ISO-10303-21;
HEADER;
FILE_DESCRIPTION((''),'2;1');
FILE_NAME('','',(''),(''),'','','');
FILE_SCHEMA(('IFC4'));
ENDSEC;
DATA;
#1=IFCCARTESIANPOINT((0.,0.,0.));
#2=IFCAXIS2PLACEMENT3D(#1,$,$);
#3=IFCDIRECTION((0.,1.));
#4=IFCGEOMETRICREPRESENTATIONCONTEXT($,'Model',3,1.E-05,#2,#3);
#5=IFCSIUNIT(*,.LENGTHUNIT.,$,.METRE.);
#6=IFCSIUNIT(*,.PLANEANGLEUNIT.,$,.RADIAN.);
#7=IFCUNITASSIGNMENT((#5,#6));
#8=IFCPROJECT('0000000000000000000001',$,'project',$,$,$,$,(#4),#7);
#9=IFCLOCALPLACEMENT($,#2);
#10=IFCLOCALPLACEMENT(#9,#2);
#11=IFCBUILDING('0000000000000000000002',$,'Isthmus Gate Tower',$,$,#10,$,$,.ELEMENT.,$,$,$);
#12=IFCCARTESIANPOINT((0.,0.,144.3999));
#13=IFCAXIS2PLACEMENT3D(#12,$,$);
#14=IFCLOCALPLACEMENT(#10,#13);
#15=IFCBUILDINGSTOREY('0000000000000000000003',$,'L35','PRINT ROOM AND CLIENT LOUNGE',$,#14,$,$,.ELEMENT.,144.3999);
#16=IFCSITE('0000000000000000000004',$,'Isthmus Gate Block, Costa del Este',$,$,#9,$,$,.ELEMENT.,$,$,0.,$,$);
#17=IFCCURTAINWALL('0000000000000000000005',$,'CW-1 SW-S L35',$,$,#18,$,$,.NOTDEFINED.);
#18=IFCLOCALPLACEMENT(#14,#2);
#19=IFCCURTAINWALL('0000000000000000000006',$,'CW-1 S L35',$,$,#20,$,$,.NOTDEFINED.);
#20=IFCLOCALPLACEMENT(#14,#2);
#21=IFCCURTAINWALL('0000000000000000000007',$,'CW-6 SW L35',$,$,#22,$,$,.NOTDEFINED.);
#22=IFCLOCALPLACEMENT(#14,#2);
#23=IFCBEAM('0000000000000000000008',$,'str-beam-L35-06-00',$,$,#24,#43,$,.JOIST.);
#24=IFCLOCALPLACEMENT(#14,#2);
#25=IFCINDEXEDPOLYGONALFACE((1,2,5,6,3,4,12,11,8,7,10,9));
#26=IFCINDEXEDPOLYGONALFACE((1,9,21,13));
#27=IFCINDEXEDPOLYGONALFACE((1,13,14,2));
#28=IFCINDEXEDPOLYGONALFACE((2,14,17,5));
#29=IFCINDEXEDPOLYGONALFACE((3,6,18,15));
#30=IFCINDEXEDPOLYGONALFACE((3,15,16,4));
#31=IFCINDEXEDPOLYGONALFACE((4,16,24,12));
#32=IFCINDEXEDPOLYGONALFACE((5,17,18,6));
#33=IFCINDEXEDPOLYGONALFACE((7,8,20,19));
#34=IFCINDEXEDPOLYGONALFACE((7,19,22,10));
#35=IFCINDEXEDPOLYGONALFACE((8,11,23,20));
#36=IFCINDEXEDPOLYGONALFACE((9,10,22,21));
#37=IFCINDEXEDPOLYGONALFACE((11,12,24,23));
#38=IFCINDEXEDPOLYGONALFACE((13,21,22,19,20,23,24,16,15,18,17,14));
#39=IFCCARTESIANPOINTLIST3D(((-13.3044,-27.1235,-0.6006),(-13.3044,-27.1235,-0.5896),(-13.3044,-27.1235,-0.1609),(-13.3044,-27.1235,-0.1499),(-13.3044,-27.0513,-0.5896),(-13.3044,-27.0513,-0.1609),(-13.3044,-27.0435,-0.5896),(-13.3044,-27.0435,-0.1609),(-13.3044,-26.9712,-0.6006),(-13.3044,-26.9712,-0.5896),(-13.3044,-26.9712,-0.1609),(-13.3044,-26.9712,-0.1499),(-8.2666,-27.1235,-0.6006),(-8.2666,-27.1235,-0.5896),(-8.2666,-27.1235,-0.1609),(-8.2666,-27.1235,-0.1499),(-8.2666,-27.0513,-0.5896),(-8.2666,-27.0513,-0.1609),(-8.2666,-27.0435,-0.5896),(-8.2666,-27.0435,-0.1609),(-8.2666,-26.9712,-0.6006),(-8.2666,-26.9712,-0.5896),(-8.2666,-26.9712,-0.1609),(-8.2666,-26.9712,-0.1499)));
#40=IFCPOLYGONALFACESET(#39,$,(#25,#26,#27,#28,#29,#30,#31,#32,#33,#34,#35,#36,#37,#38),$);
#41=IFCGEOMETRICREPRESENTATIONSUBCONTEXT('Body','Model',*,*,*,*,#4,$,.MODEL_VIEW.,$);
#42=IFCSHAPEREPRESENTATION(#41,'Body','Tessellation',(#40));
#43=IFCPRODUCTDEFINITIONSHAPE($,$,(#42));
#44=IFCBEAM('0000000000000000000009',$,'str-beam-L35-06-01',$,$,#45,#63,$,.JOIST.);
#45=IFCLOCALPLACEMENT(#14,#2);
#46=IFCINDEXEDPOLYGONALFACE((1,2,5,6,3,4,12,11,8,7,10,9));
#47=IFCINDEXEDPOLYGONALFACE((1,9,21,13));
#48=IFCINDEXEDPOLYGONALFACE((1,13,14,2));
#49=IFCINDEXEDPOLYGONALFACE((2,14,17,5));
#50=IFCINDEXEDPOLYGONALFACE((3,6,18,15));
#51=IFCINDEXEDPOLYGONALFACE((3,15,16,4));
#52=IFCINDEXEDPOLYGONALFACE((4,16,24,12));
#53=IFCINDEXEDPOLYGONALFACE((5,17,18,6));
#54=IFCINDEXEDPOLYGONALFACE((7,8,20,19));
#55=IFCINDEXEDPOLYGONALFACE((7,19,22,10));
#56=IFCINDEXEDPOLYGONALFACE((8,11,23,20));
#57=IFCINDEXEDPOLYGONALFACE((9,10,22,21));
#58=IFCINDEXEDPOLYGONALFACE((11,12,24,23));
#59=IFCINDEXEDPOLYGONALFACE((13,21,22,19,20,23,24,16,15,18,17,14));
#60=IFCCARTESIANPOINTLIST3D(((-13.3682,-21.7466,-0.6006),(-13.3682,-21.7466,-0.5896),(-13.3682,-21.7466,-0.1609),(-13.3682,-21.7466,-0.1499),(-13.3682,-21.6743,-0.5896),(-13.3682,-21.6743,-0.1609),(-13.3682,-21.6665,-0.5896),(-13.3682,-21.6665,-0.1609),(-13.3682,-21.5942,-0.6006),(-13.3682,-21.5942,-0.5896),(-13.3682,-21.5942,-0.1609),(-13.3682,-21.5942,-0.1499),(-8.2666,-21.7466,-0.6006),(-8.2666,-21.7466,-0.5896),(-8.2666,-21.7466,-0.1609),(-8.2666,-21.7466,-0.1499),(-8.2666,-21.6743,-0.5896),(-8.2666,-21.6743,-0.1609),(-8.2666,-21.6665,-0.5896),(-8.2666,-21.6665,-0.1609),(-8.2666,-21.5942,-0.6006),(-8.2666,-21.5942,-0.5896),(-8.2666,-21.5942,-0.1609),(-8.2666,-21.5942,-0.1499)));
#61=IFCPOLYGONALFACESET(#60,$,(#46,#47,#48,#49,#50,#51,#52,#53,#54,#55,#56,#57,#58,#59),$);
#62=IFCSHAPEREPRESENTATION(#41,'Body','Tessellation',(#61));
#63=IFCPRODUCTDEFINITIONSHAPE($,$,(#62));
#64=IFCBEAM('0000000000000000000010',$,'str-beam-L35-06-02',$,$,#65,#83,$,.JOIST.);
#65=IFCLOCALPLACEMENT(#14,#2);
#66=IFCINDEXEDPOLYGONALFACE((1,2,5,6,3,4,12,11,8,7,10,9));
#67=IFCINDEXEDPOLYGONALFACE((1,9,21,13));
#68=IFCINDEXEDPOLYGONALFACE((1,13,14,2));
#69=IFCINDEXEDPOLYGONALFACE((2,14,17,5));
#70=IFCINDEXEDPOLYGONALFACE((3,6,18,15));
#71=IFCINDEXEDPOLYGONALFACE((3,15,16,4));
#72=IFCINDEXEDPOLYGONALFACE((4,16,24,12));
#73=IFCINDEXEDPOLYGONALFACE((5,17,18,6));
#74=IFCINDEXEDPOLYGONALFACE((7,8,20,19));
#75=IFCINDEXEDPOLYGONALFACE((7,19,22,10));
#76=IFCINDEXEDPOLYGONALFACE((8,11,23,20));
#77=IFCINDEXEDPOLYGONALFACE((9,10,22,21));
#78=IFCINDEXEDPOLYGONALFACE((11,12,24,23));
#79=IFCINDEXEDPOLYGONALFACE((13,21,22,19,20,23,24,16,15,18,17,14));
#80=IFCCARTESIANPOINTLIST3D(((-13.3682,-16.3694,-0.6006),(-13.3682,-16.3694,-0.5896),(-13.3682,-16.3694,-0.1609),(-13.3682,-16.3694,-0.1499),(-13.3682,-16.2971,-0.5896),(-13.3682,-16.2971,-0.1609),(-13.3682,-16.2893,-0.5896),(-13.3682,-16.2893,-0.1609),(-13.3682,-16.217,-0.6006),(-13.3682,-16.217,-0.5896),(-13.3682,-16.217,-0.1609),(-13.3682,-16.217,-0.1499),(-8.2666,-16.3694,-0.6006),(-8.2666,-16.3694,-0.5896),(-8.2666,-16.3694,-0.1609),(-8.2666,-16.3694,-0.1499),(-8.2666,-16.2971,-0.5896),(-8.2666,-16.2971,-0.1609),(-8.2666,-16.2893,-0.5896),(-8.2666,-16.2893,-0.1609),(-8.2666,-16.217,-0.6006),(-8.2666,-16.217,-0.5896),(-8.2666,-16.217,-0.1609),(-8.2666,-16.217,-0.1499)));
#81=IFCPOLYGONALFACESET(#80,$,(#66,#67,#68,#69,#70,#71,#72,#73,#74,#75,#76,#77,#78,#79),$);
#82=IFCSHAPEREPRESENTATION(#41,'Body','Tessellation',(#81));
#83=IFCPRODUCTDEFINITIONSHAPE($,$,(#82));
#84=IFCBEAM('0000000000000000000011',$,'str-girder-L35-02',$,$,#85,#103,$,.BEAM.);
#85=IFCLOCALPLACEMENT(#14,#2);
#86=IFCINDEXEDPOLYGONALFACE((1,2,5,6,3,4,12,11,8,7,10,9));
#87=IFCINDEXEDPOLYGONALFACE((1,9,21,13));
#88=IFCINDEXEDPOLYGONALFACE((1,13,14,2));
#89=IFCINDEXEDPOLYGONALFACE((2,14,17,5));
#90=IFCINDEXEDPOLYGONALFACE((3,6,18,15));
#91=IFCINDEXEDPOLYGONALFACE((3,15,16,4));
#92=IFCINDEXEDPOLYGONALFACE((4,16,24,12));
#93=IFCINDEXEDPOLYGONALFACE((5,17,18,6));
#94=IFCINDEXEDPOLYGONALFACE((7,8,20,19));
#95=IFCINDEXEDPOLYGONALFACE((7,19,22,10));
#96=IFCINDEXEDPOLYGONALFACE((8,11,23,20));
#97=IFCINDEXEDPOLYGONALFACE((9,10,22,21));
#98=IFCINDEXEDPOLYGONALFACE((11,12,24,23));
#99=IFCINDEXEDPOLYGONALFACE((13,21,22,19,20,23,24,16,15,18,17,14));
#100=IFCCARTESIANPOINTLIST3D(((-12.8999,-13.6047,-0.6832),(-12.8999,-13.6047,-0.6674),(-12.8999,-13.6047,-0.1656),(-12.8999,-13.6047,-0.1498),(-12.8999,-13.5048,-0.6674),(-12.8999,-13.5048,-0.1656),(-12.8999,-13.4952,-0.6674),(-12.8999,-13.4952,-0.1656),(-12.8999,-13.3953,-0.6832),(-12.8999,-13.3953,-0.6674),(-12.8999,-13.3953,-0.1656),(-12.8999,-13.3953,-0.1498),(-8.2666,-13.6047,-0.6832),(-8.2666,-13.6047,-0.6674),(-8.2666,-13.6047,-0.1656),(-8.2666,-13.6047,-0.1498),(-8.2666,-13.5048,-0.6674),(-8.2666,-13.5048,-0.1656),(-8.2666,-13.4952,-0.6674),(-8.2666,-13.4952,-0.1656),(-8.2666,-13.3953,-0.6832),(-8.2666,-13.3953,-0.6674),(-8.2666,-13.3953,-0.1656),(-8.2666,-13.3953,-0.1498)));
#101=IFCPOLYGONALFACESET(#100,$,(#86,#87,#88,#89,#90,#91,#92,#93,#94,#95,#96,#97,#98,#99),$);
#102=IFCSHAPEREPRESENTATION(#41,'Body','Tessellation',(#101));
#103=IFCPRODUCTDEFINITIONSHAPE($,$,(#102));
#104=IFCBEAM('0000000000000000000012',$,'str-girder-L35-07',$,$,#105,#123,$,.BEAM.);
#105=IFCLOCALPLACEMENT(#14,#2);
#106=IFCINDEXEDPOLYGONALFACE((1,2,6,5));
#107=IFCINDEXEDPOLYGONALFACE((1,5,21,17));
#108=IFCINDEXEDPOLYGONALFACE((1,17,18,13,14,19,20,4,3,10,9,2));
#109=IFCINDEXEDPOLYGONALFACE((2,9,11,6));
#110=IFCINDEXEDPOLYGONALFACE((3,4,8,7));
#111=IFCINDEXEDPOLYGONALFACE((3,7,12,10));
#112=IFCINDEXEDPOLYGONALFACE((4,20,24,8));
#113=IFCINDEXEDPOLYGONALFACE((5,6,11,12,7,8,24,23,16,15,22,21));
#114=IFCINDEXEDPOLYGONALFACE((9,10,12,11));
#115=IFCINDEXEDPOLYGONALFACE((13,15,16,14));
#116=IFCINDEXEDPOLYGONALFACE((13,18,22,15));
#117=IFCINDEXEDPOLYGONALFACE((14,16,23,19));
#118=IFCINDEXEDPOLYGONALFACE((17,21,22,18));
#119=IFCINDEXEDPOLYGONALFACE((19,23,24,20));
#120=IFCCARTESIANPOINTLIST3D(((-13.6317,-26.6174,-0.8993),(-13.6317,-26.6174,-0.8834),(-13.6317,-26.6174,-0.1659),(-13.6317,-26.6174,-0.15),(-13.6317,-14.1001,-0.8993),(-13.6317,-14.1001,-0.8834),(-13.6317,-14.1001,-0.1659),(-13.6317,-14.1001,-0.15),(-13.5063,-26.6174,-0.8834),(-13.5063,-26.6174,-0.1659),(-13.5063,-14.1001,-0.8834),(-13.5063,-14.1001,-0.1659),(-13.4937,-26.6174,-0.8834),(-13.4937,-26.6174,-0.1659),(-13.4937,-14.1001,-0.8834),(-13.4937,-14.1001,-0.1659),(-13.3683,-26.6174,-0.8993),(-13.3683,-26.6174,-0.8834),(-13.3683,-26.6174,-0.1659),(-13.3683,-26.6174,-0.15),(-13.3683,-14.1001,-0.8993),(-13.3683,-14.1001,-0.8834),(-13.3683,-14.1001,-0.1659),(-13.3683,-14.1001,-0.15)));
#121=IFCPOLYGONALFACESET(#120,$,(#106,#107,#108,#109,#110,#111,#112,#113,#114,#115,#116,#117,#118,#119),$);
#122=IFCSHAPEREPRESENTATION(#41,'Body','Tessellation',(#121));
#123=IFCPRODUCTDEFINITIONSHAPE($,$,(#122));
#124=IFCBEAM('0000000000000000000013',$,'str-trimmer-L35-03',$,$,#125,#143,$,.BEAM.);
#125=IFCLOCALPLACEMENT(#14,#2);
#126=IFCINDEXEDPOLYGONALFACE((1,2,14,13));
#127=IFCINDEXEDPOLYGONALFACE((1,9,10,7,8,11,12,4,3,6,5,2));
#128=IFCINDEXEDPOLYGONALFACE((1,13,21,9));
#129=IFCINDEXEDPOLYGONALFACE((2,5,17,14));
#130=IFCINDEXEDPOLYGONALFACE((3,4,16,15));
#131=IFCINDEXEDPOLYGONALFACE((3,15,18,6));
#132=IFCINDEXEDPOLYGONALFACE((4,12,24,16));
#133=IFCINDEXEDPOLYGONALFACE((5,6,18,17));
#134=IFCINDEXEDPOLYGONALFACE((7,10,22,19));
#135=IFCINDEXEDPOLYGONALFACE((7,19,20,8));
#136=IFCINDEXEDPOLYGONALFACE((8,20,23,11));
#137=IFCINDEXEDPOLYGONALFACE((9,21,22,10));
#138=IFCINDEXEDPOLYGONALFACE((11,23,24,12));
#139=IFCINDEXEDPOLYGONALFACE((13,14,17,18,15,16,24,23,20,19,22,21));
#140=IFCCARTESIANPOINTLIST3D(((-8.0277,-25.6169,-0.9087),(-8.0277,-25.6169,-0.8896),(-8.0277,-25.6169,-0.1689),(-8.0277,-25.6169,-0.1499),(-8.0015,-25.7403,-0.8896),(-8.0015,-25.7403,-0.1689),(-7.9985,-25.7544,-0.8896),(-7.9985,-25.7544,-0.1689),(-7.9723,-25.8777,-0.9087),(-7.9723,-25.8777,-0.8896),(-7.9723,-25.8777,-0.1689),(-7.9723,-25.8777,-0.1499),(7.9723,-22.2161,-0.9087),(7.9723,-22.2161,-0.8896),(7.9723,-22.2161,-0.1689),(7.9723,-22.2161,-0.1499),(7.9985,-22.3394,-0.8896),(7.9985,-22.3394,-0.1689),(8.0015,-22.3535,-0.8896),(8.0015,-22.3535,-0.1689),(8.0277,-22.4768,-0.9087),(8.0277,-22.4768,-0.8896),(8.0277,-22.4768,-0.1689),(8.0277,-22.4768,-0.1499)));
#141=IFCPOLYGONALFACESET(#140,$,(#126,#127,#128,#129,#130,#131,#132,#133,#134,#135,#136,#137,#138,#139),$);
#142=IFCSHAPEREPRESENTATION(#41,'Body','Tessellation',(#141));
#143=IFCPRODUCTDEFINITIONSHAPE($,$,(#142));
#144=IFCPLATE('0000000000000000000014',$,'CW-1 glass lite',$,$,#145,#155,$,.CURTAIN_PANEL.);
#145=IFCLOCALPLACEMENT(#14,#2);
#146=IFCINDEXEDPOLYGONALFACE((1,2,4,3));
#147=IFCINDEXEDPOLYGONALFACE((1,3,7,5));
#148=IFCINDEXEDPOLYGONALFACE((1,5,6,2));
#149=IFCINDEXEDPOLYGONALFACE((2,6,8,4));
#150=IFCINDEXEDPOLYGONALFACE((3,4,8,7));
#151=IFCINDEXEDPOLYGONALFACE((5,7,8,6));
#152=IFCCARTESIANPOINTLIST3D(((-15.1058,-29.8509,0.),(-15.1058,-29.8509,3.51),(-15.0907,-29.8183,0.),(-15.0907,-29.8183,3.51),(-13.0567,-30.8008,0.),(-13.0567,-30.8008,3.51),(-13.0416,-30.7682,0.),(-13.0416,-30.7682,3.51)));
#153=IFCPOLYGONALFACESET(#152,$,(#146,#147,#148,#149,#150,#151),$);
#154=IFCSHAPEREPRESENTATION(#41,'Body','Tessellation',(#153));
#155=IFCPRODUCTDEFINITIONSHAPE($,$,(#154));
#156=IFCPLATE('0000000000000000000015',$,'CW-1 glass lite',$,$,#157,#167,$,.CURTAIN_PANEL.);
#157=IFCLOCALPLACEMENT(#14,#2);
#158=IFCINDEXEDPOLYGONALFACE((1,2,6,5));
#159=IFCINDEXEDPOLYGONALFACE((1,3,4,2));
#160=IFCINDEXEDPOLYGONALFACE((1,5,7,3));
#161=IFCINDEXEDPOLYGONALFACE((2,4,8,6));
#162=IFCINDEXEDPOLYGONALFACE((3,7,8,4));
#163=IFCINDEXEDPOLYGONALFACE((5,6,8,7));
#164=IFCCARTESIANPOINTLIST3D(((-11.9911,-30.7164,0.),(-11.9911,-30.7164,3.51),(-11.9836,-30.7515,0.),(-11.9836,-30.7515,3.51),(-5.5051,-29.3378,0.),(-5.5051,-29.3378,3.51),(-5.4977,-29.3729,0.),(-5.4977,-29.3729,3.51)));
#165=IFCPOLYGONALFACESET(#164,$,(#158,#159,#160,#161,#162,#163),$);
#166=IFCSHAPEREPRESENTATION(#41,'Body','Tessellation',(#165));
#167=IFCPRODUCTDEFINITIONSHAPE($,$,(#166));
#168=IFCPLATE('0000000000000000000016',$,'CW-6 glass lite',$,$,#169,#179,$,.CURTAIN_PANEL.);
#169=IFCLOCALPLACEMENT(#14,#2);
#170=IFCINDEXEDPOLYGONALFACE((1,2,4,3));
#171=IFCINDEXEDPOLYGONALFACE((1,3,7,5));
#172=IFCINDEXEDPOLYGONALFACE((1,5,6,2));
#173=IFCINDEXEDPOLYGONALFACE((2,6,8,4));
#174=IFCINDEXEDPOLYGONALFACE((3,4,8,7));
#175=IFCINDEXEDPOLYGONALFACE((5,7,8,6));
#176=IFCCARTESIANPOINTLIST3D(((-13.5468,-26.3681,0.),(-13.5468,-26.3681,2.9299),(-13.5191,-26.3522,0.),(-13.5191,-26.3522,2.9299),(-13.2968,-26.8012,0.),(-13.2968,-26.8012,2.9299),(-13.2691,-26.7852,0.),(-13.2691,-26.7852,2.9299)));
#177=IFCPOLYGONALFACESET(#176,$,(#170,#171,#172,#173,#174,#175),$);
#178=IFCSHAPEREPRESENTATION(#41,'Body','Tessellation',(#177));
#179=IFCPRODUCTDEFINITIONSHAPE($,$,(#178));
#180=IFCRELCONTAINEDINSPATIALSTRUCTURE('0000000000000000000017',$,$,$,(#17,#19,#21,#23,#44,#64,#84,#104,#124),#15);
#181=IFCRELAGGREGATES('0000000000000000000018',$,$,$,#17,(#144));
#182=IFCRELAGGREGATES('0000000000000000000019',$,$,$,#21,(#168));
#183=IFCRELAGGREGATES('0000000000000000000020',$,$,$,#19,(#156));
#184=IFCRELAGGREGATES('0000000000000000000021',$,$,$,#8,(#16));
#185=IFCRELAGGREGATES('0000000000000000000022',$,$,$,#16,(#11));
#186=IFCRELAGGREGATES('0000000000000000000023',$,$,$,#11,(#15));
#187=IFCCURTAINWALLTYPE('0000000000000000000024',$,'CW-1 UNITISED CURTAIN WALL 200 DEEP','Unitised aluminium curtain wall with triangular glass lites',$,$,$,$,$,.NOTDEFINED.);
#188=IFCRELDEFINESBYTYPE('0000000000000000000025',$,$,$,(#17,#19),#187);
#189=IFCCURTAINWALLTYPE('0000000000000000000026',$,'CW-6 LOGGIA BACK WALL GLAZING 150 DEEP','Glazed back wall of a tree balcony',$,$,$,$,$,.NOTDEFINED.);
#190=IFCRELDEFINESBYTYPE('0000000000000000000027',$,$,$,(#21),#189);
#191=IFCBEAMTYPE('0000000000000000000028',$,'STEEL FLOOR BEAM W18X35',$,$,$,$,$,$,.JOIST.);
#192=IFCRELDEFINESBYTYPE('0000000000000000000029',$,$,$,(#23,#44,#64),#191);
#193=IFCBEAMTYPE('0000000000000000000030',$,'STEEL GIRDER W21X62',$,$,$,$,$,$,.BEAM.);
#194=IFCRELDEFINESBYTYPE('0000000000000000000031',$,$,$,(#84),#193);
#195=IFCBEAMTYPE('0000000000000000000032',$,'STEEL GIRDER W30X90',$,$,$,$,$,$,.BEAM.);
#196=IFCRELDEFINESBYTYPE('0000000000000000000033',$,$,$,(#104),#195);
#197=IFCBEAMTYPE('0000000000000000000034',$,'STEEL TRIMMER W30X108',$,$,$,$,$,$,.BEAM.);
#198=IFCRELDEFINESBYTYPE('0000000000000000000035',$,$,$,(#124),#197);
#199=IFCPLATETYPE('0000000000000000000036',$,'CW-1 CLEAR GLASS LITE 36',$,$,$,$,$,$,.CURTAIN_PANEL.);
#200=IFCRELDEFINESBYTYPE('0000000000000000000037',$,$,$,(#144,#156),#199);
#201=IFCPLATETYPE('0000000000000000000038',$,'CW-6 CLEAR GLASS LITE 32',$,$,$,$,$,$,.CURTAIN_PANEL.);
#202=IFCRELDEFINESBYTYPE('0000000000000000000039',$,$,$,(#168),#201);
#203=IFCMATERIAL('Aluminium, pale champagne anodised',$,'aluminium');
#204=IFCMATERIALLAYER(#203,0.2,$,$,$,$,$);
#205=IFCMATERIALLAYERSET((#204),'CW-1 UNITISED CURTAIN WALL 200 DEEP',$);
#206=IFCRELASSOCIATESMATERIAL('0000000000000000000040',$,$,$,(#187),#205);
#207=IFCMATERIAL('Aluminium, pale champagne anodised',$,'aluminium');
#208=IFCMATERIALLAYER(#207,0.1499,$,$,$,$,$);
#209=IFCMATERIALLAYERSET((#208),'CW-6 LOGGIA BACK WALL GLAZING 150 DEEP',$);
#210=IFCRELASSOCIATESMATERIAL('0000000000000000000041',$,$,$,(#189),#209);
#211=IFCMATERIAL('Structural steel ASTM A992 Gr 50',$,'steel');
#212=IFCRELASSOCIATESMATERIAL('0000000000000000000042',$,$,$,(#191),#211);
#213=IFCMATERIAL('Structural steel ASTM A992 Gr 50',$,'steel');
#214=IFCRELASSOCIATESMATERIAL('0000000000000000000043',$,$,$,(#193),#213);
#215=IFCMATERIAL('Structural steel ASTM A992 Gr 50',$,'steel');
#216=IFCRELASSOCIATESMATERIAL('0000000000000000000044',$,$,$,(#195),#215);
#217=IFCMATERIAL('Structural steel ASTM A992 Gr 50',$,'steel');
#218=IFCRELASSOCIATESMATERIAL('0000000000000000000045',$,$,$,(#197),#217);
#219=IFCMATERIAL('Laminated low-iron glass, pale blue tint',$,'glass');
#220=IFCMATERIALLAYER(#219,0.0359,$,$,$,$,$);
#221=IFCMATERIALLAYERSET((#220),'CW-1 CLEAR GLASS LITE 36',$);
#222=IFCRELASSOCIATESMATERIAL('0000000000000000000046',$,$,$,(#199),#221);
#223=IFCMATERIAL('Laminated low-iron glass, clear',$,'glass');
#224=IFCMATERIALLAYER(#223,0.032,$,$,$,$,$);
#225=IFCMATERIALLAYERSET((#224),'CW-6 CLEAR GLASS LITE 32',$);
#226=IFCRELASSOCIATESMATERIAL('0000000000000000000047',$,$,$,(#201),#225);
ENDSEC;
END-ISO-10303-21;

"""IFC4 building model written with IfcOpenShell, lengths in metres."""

from ifc_helpers import new_model, si_unit, direction, frame, origin, origin_2d, place, context, subcontext, project, spatial, rectangle, i_section, extrude, material, layer, layer_set, material_profile, profile_set, type_object, element, aggregate, save


model = new_model("IFC4")

# Units and contexts
model_context = context("Model", 3, precision=1e-05, world=origin(), true_north=direction((0.0, 1.0)))
body_context = subcontext(model_context, "Body", "Model", "MODEL_VIEW")
ifc_project = project(units=[si_unit("LENGTHUNIT", "METRE"), si_unit("PLANEANGLEUNIT", "RADIAN")], contexts=[model_context])

# Site, building, storey
site_placement = place(None, origin())
site = spatial("IfcSite", under=ifc_project, at=site_placement, Name="Isthmus Gate Block, Costa del Este", CompositionType="ELEMENT", RefElevation=0.0)
building_placement = place(site_placement, origin())
building = spatial("IfcBuilding", under=site, at=building_placement, Name="Isthmus Gate Tower", CompositionType="ELEMENT")
storey_placement = place(building_placement, frame((0.0, 0.0, 144.3999)))
storey = spatial("IfcBuildingStorey", under=building, at=storey_placement, Name="L35", Description="PRINT ROOM AND CLIENT LOUNGE", CompositionType="ELEMENT", Elevation=144.3999)

# Curtain walls
ifc_material_1 = material(Name="Aluminium, pale champagne anodised", Category="aluminium")
ifc_layer_1 = layer(ifc_material_1, 0.2)
ifc_layer_set_1 = layer_set([ifc_layer_1], Name="CW-1 UNITISED CURTAIN WALL 200 DEEP")
curtain_wall_type_1 = type_object("IfcCurtainWallType", Name="CW-1 UNITISED CURTAIN WALL 200 DEEP", Description="Unitised aluminium curtain wall with triangular glass lites", PredefinedType="NOTDEFINED", material=ifc_layer_set_1)
curtain_wall_1_placement = place(storey_placement, origin())
curtain_wall_1 = element("IfcCurtainWall", 1, at=curtain_wall_1_placement, inside=storey, type_object=curtain_wall_type_1, Name="CW-1 SW-S L35", PredefinedType="NOTDEFINED")
curtain_wall_2_placement = place(storey_placement, origin())
curtain_wall_2 = element("IfcCurtainWall", 2, at=curtain_wall_2_placement, inside=storey, type_object=curtain_wall_type_1, Name="CW-1 S L35", PredefinedType="NOTDEFINED")

# Curtain wall
ifc_material_2 = material(Name="Aluminium, pale champagne anodised", Category="aluminium")
ifc_layer_2 = layer(ifc_material_2, 0.1499)
ifc_layer_set_2 = layer_set([ifc_layer_2], Name="CW-6 LOGGIA BACK WALL GLAZING 150 DEEP")
curtain_wall_type_2 = type_object("IfcCurtainWallType", Name="CW-6 LOGGIA BACK WALL GLAZING 150 DEEP", Description="Glazed back wall of a tree balcony", PredefinedType="NOTDEFINED", material=ifc_layer_set_2)
curtain_wall_3_placement = place(storey_placement, origin())
curtain_wall_3 = element("IfcCurtainWall", 3, at=curtain_wall_3_placement, inside=storey, type_object=curtain_wall_type_2, Name="CW-6 SW L35", PredefinedType="NOTDEFINED")

# Beams
ifc_material_3 = material(Name="Structural steel ASTM A992 Gr 50", Category="steel")
ifc_material_profile_1 = material_profile(ifc_material_3, i_section(OverallWidth=0.1523, OverallDepth=0.4507, WebThickness=0.0078, FlangeThickness=0.011, at=origin_2d()), Name="W18X35")
ifc_profile_set_1 = profile_set([ifc_material_profile_1], Name="Structural steel ASTM A992 Gr 50")
beam_type_1 = type_object("IfcBeamType", Name="STEEL FLOOR BEAM W18X35", PredefinedType="JOIST", material=ifc_profile_set_1)
beam_1_placement = place(storey_placement, frame((-13.3044, -27.0474, -0.3752), z_axis=(1.0, 0.0, 0.0), x_axis=(0.0, 1.0, 0.0)))
element("IfcBeam", 4, at=beam_1_placement, inside=storey, type_object=beam_type_1, Name="str-beam-L35-06-00", PredefinedType="JOIST", context=body_context, shape_type="SweptSolid", body=[
    extrude(i_section(OverallWidth=0.1523, OverallDepth=0.4507, WebThickness=0.0078, FlangeThickness=0.011, at=origin_2d()), origin(), (0.0, 0.0, 1.0), 5.0378),
])
for number, where, z_axis, x_axis, name in (
    (5, (-13.3682, -21.6704, -0.3752), (1.0, 0.0, 0.0), (0.0, 1.0, 0.0), "str-beam-L35-06-01"),
    (6, (-13.3682, -16.2932, -0.3752), (1.0, 0.0, 0.0), (0.0, 1.0, 0.0), "str-beam-L35-06-02"),
):
    element("IfcBeam", number, at=place(storey_placement, frame(where, z_axis=z_axis, x_axis=x_axis)), inside=storey, type_object=beam_type_1, Name=name, PredefinedType="JOIST", context=body_context, shape_type="SweptSolid", body=[
        extrude(i_section(OverallWidth=0.1523, OverallDepth=0.4507, WebThickness=0.0078, FlangeThickness=0.011, at=origin_2d()), origin(), (0.0, 0.0, 1.0), 5.1016),
    ])
ifc_material_4 = material(Name="Structural steel ASTM A992 Gr 50", Category="steel")
ifc_material_profile_2 = material_profile(ifc_material_4, i_section(OverallWidth=0.2095, OverallDepth=0.5334, WebThickness=0.0095, FlangeThickness=0.0159, at=origin_2d()), Name="W21X62")
ifc_profile_set_2 = profile_set([ifc_material_profile_2], Name="Structural steel ASTM A992 Gr 50")
beam_type_2 = type_object("IfcBeamType", Name="STEEL GIRDER W21X62", PredefinedType="BEAM", material=ifc_profile_set_2)
beam_2_placement = place(storey_placement, frame((-12.8999, -13.5, -0.4165), z_axis=(1.0, 0.0, 0.0), x_axis=(0.0, 1.0, 0.0)))
element("IfcBeam", 7, at=beam_2_placement, inside=storey, type_object=beam_type_2, Name="str-girder-L35-02", PredefinedType="BEAM", context=body_context, shape_type="SweptSolid", body=[
    extrude(i_section(OverallWidth=0.2095, OverallDepth=0.5334, WebThickness=0.0095, FlangeThickness=0.0159, at=origin_2d()), origin(), (0.0, 0.0, 1.0), 4.6333),
])
ifc_material_5 = material(Name="Structural steel ASTM A992 Gr 50", Category="steel")
ifc_material_profile_3 = material_profile(ifc_material_5, i_section(OverallWidth=0.2634, OverallDepth=0.7493, WebThickness=0.0127, FlangeThickness=0.0159, at=origin_2d()), Name="W30X90")
ifc_profile_set_3 = profile_set([ifc_material_profile_3], Name="Structural steel ASTM A992 Gr 50")
beam_type_3 = type_object("IfcBeamType", Name="STEEL GIRDER W30X90", PredefinedType="BEAM", material=ifc_profile_set_3)
beam_3_placement = place(storey_placement, frame((-13.5, -26.6174, -0.5247), z_axis=(0.0, 1.0, 0.0), x_axis=(-1.0, 0.0, 0.0)))
element("IfcBeam", 8, at=beam_3_placement, inside=storey, type_object=beam_type_3, Name="str-girder-L35-07", PredefinedType="BEAM", context=body_context, shape_type="SweptSolid", body=[
    extrude(i_section(OverallWidth=0.2634, OverallDepth=0.7493, WebThickness=0.0127, FlangeThickness=0.0159, at=origin_2d()), origin(), (0.0, 0.0, 1.0), 12.5173),
])
ifc_material_6 = material(Name="Structural steel ASTM A992 Gr 50", Category="steel")
ifc_material_profile_4 = material_profile(ifc_material_6, i_section(OverallWidth=0.2666, OverallDepth=0.7588, WebThickness=0.0144, FlangeThickness=0.019, at=origin_2d()), Name="W30X108")
ifc_profile_set_4 = profile_set([ifc_material_profile_4], Name="Structural steel ASTM A992 Gr 50")
beam_type_4 = type_object("IfcBeamType", Name="STEEL TRIMMER W30X108", PredefinedType="BEAM", material=ifc_profile_set_4)
beam_4_placement = place(storey_placement, frame((-8.0, -25.7473, -0.5293), z_axis=(0.978148, 0.20791, 0.0), x_axis=(-0.20791, 0.978148, 0.0)))
element("IfcBeam", 9, at=beam_4_placement, inside=storey, type_object=beam_type_4, Name="str-trimmer-L35-03", PredefinedType="BEAM", context=body_context, shape_type="SweptSolid", body=[
    extrude(i_section(OverallWidth=0.2666, OverallDepth=0.7588, WebThickness=0.0144, FlangeThickness=0.019, at=origin_2d()), origin(), (0.0, 0.0, 1.0), 16.3574),
])

# Plates
ifc_material_7 = material(Name="Laminated low-iron glass, pale blue tint", Category="glass")
ifc_layer_3 = layer(ifc_material_7, 0.0359)
ifc_layer_set_3 = layer_set([ifc_layer_3], Name="CW-1 CLEAR GLASS LITE 36")
plate_type_1 = type_object("IfcPlateType", Name="CW-1 CLEAR GLASS LITE 36", PredefinedType="CURTAIN_PANEL", material=ifc_layer_set_3)
plate_1_placement = place(storey_placement, frame((-14.0737, -30.3096, 0.0), z_axis=(0.0, 0.0, 1.0), x_axis=(0.907256, -0.420578, 0.0)))
plate_1 = element("IfcPlate", 10, at=plate_1_placement, type_object=plate_type_1, Name="CW-1 glass lite", PredefinedType="CURTAIN_PANEL", context=body_context, shape_type="SweptSolid", body=[
    extrude(rectangle(XDim=2.2585, YDim=0.0359, at=origin_2d()), origin(), (0.0, 0.0, 1.0), 3.51),
])
aggregate(curtain_wall_1, [plate_1])
plate_2_placement = place(storey_placement, frame((-8.7444, -30.0447, 0.0), z_axis=(0.0, 0.0, 1.0), x_axis=(0.978148, 0.207912, 0.0)))
plate_2 = element("IfcPlate", 11, at=plate_2_placement, type_object=plate_type_1, Name="CW-1 glass lite", PredefinedType="CURTAIN_PANEL", context=body_context, shape_type="SweptSolid", body=[
    extrude(rectangle(XDim=6.6309, YDim=0.0359, at=origin_2d()), origin(), (0.0, 0.0, 1.0), 3.51),
])
ifc_material_8 = material(Name="Laminated low-iron glass, clear", Category="glass")
ifc_layer_4 = layer(ifc_material_8, 0.032)
ifc_layer_set_4 = layer_set([ifc_layer_4], Name="CW-6 CLEAR GLASS LITE 32")
plate_type_2 = type_object("IfcPlateType", Name="CW-6 CLEAR GLASS LITE 32", PredefinedType="CURTAIN_PANEL", material=ifc_layer_set_4)
plate_3_placement = place(storey_placement, frame((-13.408, -26.5767, 0.0), z_axis=(0.0, 0.0, 1.0), x_axis=(0.5, -0.866025, 0.0)))
plate_3 = element("IfcPlate", 12, at=plate_3_placement, type_object=plate_type_2, Name="CW-6 glass lite", PredefinedType="CURTAIN_PANEL", context=body_context, shape_type="SweptSolid", body=[
    extrude(rectangle(XDim=0.5, YDim=0.032, at=origin_2d()), origin(), (0.0, 0.0, 1.0), 2.9299),
])
aggregate(curtain_wall_3, [plate_3])

aggregate(curtain_wall_2, [plate_2])

save(model, "model.ifc")
